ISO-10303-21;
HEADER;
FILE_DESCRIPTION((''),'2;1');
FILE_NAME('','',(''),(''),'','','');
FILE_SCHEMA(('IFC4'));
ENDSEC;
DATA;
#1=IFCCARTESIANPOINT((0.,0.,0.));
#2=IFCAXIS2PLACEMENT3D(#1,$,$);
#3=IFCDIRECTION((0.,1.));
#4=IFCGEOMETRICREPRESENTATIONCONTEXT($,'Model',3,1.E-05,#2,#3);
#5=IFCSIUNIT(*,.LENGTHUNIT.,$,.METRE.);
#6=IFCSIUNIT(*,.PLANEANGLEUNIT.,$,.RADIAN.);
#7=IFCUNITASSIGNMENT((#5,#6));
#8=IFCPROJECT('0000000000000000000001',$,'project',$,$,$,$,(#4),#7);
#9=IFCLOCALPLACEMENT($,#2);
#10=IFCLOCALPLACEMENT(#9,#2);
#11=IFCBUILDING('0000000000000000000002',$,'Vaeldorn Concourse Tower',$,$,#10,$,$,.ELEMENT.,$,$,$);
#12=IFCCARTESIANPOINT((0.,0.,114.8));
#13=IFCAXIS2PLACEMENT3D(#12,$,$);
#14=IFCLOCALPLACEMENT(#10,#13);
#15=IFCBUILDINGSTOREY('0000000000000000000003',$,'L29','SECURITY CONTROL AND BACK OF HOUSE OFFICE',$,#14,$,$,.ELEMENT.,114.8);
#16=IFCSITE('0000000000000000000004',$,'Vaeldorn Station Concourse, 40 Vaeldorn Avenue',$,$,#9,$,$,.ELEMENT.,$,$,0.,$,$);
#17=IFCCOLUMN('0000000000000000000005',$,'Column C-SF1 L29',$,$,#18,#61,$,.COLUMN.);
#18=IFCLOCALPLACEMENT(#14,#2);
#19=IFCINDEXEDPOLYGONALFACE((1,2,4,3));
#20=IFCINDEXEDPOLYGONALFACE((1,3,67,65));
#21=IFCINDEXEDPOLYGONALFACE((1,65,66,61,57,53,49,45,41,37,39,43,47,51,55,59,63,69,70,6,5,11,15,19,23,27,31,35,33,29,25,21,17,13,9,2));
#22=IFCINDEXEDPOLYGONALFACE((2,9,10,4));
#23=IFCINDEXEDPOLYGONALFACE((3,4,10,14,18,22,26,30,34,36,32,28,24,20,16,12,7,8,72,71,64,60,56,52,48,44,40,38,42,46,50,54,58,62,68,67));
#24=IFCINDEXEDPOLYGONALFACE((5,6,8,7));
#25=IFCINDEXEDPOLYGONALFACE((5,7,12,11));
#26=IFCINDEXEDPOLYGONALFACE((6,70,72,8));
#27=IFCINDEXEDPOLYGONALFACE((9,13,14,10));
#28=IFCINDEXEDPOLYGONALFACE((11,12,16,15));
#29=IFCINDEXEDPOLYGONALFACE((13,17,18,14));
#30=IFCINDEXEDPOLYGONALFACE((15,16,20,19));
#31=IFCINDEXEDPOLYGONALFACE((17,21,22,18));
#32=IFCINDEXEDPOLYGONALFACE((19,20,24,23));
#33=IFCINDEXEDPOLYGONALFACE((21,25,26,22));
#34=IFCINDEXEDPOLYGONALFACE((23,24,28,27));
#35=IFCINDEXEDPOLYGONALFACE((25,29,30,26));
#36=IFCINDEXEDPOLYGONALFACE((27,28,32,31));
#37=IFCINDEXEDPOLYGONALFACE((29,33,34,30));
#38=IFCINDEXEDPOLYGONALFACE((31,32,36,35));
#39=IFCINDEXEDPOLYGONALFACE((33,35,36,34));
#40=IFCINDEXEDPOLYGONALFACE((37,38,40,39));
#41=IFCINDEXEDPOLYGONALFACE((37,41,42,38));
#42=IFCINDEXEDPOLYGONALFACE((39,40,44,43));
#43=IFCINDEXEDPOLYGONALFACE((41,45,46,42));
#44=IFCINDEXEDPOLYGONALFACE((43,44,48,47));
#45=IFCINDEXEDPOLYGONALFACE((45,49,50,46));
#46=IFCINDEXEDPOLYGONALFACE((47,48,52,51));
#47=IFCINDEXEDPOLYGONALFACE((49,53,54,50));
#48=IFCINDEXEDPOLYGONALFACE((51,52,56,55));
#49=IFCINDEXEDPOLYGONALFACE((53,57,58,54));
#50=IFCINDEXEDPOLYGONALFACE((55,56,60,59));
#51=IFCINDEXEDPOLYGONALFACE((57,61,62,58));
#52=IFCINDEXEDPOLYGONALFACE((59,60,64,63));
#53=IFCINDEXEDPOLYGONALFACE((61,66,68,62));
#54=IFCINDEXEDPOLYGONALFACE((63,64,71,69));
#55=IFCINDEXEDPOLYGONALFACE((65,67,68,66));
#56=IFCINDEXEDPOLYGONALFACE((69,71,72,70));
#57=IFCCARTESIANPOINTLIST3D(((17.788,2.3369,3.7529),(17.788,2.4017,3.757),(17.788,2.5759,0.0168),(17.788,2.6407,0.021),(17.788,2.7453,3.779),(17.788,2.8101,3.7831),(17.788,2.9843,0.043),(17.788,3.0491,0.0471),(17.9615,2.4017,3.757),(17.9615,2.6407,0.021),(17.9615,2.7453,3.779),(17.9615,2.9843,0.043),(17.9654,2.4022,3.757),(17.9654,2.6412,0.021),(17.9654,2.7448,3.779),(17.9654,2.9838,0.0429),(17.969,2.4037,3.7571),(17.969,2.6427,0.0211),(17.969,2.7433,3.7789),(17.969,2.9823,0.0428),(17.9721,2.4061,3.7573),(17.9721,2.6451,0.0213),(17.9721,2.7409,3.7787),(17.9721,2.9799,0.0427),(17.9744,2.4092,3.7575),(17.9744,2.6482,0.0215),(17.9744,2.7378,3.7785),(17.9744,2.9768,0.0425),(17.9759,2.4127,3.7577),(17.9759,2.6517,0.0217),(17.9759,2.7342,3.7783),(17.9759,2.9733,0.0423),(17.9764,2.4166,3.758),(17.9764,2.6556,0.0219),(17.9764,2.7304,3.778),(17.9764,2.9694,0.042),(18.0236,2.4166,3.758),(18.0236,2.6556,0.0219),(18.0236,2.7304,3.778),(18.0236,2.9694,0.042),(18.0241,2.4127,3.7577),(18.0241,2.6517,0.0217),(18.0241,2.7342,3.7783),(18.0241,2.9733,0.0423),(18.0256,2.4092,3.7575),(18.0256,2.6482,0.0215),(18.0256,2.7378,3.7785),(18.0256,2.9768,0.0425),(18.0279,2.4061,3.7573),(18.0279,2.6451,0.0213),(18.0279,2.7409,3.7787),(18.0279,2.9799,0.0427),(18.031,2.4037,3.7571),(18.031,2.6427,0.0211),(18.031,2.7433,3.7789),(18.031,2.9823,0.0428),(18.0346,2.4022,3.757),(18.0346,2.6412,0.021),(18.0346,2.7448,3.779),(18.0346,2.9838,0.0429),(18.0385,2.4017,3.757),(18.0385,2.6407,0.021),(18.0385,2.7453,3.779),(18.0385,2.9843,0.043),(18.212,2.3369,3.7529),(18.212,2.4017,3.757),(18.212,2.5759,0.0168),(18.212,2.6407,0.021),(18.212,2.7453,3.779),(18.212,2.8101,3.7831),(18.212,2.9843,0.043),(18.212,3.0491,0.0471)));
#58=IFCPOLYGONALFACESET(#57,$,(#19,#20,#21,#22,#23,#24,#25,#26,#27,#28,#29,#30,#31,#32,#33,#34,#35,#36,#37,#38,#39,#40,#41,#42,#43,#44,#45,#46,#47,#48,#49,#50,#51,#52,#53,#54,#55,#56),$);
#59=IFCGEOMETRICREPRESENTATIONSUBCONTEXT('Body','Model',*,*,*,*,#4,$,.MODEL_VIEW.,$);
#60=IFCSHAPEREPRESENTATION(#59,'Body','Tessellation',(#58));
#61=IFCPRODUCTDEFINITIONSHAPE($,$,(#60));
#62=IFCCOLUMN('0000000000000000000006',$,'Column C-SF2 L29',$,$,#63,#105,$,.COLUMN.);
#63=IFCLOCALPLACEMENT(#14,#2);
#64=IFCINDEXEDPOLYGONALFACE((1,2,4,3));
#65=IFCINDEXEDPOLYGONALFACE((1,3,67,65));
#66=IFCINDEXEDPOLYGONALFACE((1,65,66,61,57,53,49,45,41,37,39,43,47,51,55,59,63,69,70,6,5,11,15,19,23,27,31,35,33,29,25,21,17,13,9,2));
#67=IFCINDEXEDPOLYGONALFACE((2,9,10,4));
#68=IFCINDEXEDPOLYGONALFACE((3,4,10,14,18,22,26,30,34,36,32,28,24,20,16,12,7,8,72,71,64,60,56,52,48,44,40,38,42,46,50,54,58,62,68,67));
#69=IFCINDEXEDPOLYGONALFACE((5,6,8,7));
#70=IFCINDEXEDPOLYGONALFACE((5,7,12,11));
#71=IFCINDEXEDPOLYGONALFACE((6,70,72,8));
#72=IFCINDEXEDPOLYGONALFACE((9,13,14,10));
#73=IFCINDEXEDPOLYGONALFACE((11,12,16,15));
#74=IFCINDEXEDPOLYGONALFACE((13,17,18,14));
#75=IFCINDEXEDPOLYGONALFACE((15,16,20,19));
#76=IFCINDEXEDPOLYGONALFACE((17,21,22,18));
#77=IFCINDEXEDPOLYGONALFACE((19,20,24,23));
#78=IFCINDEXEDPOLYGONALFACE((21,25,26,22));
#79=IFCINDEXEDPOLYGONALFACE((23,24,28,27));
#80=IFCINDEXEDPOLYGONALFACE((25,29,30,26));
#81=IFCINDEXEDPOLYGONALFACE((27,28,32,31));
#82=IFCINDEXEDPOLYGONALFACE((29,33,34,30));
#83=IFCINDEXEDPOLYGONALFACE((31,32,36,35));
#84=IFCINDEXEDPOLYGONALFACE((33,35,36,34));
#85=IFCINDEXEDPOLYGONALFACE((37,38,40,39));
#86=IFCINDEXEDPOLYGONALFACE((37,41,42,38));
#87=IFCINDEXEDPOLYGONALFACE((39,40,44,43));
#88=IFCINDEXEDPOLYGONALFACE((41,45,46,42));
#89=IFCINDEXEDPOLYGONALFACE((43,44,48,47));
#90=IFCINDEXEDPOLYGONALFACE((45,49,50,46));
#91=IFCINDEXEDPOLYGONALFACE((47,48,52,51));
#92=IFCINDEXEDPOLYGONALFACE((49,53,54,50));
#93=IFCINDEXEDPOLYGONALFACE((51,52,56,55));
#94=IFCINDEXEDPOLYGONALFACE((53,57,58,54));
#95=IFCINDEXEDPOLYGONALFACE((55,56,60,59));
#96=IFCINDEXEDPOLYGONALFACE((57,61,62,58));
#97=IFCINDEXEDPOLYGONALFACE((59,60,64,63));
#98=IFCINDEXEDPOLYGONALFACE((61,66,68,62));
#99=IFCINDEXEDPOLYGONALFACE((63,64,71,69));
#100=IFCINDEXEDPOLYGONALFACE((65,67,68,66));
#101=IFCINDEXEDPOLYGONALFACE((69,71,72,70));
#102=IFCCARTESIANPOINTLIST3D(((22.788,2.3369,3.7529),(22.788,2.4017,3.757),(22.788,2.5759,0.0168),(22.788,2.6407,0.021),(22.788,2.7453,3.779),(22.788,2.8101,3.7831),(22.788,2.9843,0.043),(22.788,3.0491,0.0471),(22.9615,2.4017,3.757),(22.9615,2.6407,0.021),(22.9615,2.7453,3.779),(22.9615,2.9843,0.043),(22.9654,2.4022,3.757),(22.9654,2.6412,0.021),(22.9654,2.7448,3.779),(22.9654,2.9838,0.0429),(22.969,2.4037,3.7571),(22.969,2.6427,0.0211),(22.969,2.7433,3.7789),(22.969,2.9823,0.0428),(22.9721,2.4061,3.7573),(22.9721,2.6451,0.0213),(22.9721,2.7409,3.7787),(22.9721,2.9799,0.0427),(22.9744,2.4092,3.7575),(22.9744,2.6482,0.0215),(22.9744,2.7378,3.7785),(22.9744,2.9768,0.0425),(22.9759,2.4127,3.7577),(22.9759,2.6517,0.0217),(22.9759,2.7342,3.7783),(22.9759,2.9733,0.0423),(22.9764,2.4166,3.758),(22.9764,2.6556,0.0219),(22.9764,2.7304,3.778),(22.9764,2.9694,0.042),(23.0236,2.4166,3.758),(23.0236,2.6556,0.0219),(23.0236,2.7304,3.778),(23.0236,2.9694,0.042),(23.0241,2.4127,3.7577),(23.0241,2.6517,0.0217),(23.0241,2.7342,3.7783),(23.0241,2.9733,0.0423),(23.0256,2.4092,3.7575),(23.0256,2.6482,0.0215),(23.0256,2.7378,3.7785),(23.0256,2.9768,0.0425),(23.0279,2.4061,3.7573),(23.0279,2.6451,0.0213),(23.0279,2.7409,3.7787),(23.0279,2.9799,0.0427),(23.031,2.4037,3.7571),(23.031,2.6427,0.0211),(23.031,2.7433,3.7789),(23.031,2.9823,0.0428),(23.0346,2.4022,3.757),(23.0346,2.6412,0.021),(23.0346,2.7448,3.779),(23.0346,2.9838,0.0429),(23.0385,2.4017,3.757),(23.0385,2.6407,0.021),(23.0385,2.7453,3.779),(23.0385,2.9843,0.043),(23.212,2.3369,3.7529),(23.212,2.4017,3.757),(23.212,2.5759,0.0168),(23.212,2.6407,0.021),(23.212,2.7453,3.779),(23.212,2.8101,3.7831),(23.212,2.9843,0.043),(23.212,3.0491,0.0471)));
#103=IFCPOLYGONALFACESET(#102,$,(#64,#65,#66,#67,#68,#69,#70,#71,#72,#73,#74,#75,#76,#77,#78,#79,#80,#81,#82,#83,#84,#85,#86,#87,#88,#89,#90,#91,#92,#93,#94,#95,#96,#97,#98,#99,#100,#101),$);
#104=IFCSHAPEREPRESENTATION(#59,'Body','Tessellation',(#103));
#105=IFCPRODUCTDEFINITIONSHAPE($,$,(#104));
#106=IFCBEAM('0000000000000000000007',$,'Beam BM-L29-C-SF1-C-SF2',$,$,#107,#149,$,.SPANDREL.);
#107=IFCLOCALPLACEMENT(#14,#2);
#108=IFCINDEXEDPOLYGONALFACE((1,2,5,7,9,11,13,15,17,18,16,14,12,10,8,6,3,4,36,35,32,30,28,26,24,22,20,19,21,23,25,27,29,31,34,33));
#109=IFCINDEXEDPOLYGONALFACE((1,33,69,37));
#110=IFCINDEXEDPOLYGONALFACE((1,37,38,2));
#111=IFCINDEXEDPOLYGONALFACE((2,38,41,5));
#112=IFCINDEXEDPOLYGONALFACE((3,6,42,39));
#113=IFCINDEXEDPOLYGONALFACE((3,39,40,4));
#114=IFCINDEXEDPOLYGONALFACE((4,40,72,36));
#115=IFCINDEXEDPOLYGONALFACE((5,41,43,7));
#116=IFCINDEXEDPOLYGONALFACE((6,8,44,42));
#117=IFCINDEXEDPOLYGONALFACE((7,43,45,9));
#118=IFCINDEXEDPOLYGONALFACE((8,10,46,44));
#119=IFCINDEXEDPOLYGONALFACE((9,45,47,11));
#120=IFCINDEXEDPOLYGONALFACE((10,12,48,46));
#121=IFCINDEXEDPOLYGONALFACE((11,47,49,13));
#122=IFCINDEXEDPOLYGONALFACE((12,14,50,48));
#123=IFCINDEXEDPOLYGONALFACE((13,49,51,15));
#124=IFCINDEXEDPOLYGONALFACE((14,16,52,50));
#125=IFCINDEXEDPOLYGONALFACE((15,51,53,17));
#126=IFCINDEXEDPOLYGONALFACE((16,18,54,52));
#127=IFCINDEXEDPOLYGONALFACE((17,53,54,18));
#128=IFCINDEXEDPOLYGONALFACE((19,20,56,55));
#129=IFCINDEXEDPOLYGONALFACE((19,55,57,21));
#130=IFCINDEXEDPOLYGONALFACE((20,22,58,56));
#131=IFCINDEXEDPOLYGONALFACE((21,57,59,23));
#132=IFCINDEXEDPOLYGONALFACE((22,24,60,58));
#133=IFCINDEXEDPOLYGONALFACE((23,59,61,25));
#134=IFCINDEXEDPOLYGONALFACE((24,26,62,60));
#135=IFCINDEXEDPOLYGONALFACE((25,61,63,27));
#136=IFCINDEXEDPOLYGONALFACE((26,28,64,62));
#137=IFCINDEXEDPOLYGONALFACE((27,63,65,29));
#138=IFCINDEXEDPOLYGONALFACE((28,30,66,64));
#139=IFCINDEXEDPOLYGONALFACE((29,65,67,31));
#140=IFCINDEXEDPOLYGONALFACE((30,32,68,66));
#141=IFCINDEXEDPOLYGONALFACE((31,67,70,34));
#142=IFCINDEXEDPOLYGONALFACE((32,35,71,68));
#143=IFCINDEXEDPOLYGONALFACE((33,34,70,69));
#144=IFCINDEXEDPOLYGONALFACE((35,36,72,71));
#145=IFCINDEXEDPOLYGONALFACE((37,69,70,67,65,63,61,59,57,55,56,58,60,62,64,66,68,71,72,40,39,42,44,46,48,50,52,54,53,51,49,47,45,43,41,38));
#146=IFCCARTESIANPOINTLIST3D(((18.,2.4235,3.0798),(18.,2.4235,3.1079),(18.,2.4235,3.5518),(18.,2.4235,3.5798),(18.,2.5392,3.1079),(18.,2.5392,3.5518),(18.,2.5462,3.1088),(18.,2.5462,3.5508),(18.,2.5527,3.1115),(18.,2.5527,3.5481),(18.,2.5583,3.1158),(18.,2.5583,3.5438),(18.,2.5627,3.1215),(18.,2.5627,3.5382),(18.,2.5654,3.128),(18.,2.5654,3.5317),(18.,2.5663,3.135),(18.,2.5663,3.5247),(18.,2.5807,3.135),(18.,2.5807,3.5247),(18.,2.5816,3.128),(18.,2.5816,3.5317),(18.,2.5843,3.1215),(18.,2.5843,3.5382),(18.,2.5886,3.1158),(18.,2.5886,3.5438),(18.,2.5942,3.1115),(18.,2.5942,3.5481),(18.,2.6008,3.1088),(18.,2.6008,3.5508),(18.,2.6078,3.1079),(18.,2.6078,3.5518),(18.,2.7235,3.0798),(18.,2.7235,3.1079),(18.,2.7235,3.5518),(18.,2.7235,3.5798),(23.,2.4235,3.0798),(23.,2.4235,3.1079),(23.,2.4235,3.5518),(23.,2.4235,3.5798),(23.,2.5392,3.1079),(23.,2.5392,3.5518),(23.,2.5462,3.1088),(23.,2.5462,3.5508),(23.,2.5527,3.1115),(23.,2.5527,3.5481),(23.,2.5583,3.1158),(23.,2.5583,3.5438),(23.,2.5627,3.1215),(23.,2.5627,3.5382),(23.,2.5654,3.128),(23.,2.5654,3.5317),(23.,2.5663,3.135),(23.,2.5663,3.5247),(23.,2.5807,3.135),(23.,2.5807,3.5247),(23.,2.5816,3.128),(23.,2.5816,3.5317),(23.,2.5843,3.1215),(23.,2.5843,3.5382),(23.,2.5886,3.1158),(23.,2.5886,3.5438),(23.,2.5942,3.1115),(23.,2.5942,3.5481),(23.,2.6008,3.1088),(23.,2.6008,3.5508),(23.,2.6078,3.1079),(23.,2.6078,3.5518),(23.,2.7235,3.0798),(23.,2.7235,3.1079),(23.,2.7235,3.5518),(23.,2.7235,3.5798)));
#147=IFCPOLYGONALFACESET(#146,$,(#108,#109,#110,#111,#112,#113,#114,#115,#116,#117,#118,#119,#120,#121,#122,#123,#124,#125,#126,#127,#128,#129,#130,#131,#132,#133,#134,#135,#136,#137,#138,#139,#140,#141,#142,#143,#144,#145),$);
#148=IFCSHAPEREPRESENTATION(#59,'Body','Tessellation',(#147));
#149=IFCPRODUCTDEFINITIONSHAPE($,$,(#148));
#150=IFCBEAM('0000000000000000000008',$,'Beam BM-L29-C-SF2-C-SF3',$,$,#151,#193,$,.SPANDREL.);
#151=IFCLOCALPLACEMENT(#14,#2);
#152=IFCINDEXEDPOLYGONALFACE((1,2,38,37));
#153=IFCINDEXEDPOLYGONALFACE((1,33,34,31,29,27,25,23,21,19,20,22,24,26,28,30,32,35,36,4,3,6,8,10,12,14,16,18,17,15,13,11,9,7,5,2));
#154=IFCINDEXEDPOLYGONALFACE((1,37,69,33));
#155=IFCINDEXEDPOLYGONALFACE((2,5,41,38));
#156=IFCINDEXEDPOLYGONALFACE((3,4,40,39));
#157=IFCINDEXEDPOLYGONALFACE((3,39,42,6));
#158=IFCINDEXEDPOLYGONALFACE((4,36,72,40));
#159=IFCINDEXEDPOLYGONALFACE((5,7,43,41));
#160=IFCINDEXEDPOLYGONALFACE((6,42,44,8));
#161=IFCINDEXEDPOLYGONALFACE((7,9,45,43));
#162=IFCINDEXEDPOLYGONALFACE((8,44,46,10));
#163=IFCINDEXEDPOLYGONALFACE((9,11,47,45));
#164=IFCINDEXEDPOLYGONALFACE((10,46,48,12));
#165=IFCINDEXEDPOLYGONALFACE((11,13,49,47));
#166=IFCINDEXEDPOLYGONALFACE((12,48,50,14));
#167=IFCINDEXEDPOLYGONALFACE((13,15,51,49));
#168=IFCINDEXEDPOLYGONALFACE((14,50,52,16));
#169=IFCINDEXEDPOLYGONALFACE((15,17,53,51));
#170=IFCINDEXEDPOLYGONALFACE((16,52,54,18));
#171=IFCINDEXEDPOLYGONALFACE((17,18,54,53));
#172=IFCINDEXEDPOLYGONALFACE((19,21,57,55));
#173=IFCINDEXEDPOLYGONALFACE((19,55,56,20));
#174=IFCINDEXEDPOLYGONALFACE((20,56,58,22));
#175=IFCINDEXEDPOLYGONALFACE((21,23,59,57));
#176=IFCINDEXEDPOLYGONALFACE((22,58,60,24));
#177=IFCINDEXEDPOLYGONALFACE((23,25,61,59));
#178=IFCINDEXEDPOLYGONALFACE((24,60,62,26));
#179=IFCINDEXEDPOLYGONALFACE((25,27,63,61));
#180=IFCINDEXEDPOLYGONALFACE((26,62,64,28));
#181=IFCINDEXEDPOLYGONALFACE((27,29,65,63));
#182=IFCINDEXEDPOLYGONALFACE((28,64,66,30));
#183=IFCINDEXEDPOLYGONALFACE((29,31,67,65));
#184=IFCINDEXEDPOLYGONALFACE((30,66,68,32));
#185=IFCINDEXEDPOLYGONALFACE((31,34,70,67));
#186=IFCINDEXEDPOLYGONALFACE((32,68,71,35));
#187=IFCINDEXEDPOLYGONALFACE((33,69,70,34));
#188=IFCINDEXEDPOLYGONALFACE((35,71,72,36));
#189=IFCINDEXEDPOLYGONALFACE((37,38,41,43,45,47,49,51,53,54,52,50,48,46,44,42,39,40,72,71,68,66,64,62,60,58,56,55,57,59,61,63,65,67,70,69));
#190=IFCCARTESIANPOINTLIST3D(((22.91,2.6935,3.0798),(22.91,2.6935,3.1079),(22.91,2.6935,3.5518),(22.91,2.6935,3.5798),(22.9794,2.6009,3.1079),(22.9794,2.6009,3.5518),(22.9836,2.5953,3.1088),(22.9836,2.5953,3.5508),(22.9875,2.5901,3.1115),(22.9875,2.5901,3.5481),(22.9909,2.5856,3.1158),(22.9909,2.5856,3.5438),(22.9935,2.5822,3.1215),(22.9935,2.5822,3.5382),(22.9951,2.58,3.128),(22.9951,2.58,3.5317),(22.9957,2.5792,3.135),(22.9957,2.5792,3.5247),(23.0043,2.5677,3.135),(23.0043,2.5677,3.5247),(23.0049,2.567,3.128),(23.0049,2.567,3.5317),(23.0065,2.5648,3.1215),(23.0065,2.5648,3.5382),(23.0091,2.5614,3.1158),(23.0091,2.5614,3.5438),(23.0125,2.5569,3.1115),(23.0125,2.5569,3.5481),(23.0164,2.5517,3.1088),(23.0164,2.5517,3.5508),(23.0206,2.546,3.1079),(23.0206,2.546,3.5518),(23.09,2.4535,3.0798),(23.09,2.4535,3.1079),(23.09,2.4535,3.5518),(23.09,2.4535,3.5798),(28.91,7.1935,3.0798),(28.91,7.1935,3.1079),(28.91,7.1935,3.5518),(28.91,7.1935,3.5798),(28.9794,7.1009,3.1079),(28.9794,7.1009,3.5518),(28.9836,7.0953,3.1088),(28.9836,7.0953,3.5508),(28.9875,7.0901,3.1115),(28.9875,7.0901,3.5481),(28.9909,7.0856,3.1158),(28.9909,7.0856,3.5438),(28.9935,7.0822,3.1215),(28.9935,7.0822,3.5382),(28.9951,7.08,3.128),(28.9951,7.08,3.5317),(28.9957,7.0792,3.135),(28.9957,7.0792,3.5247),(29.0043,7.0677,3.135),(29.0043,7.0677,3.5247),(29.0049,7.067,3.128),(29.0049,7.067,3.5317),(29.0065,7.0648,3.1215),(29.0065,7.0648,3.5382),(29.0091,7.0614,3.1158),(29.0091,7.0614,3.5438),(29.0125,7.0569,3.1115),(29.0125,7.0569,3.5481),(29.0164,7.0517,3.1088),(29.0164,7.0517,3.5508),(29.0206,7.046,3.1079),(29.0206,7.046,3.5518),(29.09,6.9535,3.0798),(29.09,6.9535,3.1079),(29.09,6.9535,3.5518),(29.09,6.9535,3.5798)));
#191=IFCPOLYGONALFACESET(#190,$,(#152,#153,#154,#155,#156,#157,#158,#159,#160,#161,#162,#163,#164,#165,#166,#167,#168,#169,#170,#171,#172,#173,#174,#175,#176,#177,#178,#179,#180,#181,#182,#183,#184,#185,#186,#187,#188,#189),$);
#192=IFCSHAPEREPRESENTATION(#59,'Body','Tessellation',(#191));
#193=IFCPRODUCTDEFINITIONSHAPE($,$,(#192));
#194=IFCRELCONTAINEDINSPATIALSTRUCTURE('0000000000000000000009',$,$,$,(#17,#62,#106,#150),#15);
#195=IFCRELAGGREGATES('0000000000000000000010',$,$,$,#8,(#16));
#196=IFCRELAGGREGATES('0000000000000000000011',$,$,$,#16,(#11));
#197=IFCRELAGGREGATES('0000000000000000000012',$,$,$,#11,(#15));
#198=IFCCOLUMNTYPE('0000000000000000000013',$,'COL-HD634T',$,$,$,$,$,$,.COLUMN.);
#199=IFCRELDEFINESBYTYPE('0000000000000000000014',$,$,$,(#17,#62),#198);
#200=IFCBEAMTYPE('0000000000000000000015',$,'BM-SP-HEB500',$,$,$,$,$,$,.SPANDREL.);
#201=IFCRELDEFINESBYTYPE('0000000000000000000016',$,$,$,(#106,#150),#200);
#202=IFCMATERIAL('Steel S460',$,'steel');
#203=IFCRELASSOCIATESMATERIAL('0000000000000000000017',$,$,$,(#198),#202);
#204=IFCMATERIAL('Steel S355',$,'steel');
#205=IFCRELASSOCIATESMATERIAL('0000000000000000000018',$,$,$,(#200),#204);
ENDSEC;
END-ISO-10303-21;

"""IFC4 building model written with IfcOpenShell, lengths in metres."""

from ifc_helpers import new_model, si_unit, direction, frame, origin, origin_2d, place, context, subcontext, project, spatial, i_section, extrude, source, transform, mapped, material, material_profile, profile_set, type_object, element, save


model = new_model("IFC4")

# Units and contexts
model_context = context("Model", 3, precision=1e-05, world=origin(), true_north=direction((0.0, 1.0)))
body_context = subcontext(model_context, "Body", "Model", "MODEL_VIEW")
ifc_project = project(units=[si_unit("LENGTHUNIT", "METRE"), si_unit("PLANEANGLEUNIT", "RADIAN")], contexts=[model_context])

# Site, building, storey
site_placement = place(None, origin())
site = spatial("IfcSite", under=ifc_project, at=site_placement, Name="Vaeldorn Station Concourse, 40 Vaeldorn Avenue", CompositionType="ELEMENT", RefElevation=0.0)
building_placement = place(site_placement, origin())
building = spatial("IfcBuilding", under=site, at=building_placement, Name="Vaeldorn Concourse Tower", CompositionType="ELEMENT")
storey_placement = place(building_placement, frame((0.0, 0.0, 114.8)))
storey = spatial("IfcBuildingStorey", under=building, at=storey_placement, Name="L29", Description="SECURITY CONTROL AND BACK OF HOUSE OFFICE", CompositionType="ELEMENT", Elevation=114.8)

# Columns
ifc_material_1 = material(Name="Steel S460", Category="steel")
ifc_material_profile_1 = material_profile(ifc_material_1, i_section(OverallWidth=0.4241, OverallDepth=0.4741, WebThickness=0.0471, FlangeThickness=0.0649, FilletRadius=0.0149, at=origin_2d()), Name="HD 400x634")
ifc_profile_set_1 = profile_set([ifc_material_profile_1], Name="Steel S460")
column_type = type_object("IfcColumnType", Name="COL-HD634T", PredefinedType="COLUMN", material=ifc_profile_set_1)
shared_shape_1 = source(origin(), body_context, "Body", "SweptSolid", [
    extrude(i_section(OverallWidth=0.4241, OverallDepth=0.4741, WebThickness=0.0471, FlangeThickness=0.0649, FilletRadius=0.0149, at=origin_2d()), origin(), (0.0, 0.0, 1.0), 3.7437),
])
for number, where, z_axis, x_axis, name in (
    (1, (18.0, 2.8125, 0.032), (0.0, -0.063844, 0.99796), (1.0, 0.0, 0.0), "Column C-SF1 L29"),
    (2, (23.0, 2.8125, 0.032), (0.0, -0.063844, 0.99796), (1.0, 0.0, 0.0), "Column C-SF2 L29"),
):
    element("IfcColumn", number, at=place(storey_placement, frame(where, z_axis=z_axis, x_axis=x_axis)), inside=storey, type_object=column_type, Name=name, PredefinedType="COLUMN", context=body_context, shape_type="MappedRepresentation", body=[
        mapped(shared_shape_1, transform((0.0, 0.0, 0.0), scale=1.0)),
    ])

# Beams
ifc_material_2 = material(Name="Steel S355", Category="steel")
ifc_material_profile_2 = material_profile(ifc_material_2, i_section(OverallWidth=0.3, OverallDepth=0.5, WebThickness=0.0144, FlangeThickness=0.0281, FilletRadius=0.0271, at=origin_2d()), Name="HEB 500")
ifc_profile_set_2 = profile_set([ifc_material_profile_2], Name="Steel S355")
beam_type_1 = type_object("IfcBeamType", Name="BM-SP-HEB500", PredefinedType="SPANDREL", material=ifc_profile_set_2)
shared_shape_2 = source(origin(), body_context, "Body", "SweptSolid", [
    extrude(i_section(OverallWidth=0.3, OverallDepth=0.5, WebThickness=0.0144, FlangeThickness=0.0281, FilletRadius=0.0271, at=origin_2d()), origin(), (0.0, 0.0, 1.0), 5.0),
])
beam_1_placement = place(storey_placement, frame((18.0, 2.5735, 3.3298), z_axis=(1.0, 0.0, 0.0), x_axis=(0.0, 1.0, 0.0)))
element("IfcBeam", 3, at=beam_1_placement, inside=storey, type_object=beam_type_1, Name="Beam BM-L29-C-SF1-C-SF2", PredefinedType="SPANDREL", context=body_context, shape_type="MappedRepresentation", body=[
    mapped(shared_shape_2, transform((0.0, 0.0, 0.0), scale=1.0)),
])
shared_shape_3 = source(origin(), body_context, "Body", "SweptSolid", [
    extrude(i_section(OverallWidth=0.3, OverallDepth=0.5, WebThickness=0.0144, FlangeThickness=0.0281, FilletRadius=0.0271, at=origin_2d()), origin(), (0.0, 0.0, 1.0), 7.5),
])
beam_2_placement = place(storey_placement, frame((23.0, 2.5735, 3.3298), z_axis=(0.8, 0.6, 0.0), x_axis=(-0.6, 0.8, 0.0)))
element("IfcBeam", 4, at=beam_2_placement, inside=storey, type_object=beam_type_1, Name="Beam BM-L29-C-SF2-C-SF3", PredefinedType="SPANDREL", context=body_context, shape_type="MappedRepresentation", body=[
    mapped(shared_shape_3, transform((0.0, 0.0, 0.0), scale=1.0)),
])

save(model, "model.ifc")
